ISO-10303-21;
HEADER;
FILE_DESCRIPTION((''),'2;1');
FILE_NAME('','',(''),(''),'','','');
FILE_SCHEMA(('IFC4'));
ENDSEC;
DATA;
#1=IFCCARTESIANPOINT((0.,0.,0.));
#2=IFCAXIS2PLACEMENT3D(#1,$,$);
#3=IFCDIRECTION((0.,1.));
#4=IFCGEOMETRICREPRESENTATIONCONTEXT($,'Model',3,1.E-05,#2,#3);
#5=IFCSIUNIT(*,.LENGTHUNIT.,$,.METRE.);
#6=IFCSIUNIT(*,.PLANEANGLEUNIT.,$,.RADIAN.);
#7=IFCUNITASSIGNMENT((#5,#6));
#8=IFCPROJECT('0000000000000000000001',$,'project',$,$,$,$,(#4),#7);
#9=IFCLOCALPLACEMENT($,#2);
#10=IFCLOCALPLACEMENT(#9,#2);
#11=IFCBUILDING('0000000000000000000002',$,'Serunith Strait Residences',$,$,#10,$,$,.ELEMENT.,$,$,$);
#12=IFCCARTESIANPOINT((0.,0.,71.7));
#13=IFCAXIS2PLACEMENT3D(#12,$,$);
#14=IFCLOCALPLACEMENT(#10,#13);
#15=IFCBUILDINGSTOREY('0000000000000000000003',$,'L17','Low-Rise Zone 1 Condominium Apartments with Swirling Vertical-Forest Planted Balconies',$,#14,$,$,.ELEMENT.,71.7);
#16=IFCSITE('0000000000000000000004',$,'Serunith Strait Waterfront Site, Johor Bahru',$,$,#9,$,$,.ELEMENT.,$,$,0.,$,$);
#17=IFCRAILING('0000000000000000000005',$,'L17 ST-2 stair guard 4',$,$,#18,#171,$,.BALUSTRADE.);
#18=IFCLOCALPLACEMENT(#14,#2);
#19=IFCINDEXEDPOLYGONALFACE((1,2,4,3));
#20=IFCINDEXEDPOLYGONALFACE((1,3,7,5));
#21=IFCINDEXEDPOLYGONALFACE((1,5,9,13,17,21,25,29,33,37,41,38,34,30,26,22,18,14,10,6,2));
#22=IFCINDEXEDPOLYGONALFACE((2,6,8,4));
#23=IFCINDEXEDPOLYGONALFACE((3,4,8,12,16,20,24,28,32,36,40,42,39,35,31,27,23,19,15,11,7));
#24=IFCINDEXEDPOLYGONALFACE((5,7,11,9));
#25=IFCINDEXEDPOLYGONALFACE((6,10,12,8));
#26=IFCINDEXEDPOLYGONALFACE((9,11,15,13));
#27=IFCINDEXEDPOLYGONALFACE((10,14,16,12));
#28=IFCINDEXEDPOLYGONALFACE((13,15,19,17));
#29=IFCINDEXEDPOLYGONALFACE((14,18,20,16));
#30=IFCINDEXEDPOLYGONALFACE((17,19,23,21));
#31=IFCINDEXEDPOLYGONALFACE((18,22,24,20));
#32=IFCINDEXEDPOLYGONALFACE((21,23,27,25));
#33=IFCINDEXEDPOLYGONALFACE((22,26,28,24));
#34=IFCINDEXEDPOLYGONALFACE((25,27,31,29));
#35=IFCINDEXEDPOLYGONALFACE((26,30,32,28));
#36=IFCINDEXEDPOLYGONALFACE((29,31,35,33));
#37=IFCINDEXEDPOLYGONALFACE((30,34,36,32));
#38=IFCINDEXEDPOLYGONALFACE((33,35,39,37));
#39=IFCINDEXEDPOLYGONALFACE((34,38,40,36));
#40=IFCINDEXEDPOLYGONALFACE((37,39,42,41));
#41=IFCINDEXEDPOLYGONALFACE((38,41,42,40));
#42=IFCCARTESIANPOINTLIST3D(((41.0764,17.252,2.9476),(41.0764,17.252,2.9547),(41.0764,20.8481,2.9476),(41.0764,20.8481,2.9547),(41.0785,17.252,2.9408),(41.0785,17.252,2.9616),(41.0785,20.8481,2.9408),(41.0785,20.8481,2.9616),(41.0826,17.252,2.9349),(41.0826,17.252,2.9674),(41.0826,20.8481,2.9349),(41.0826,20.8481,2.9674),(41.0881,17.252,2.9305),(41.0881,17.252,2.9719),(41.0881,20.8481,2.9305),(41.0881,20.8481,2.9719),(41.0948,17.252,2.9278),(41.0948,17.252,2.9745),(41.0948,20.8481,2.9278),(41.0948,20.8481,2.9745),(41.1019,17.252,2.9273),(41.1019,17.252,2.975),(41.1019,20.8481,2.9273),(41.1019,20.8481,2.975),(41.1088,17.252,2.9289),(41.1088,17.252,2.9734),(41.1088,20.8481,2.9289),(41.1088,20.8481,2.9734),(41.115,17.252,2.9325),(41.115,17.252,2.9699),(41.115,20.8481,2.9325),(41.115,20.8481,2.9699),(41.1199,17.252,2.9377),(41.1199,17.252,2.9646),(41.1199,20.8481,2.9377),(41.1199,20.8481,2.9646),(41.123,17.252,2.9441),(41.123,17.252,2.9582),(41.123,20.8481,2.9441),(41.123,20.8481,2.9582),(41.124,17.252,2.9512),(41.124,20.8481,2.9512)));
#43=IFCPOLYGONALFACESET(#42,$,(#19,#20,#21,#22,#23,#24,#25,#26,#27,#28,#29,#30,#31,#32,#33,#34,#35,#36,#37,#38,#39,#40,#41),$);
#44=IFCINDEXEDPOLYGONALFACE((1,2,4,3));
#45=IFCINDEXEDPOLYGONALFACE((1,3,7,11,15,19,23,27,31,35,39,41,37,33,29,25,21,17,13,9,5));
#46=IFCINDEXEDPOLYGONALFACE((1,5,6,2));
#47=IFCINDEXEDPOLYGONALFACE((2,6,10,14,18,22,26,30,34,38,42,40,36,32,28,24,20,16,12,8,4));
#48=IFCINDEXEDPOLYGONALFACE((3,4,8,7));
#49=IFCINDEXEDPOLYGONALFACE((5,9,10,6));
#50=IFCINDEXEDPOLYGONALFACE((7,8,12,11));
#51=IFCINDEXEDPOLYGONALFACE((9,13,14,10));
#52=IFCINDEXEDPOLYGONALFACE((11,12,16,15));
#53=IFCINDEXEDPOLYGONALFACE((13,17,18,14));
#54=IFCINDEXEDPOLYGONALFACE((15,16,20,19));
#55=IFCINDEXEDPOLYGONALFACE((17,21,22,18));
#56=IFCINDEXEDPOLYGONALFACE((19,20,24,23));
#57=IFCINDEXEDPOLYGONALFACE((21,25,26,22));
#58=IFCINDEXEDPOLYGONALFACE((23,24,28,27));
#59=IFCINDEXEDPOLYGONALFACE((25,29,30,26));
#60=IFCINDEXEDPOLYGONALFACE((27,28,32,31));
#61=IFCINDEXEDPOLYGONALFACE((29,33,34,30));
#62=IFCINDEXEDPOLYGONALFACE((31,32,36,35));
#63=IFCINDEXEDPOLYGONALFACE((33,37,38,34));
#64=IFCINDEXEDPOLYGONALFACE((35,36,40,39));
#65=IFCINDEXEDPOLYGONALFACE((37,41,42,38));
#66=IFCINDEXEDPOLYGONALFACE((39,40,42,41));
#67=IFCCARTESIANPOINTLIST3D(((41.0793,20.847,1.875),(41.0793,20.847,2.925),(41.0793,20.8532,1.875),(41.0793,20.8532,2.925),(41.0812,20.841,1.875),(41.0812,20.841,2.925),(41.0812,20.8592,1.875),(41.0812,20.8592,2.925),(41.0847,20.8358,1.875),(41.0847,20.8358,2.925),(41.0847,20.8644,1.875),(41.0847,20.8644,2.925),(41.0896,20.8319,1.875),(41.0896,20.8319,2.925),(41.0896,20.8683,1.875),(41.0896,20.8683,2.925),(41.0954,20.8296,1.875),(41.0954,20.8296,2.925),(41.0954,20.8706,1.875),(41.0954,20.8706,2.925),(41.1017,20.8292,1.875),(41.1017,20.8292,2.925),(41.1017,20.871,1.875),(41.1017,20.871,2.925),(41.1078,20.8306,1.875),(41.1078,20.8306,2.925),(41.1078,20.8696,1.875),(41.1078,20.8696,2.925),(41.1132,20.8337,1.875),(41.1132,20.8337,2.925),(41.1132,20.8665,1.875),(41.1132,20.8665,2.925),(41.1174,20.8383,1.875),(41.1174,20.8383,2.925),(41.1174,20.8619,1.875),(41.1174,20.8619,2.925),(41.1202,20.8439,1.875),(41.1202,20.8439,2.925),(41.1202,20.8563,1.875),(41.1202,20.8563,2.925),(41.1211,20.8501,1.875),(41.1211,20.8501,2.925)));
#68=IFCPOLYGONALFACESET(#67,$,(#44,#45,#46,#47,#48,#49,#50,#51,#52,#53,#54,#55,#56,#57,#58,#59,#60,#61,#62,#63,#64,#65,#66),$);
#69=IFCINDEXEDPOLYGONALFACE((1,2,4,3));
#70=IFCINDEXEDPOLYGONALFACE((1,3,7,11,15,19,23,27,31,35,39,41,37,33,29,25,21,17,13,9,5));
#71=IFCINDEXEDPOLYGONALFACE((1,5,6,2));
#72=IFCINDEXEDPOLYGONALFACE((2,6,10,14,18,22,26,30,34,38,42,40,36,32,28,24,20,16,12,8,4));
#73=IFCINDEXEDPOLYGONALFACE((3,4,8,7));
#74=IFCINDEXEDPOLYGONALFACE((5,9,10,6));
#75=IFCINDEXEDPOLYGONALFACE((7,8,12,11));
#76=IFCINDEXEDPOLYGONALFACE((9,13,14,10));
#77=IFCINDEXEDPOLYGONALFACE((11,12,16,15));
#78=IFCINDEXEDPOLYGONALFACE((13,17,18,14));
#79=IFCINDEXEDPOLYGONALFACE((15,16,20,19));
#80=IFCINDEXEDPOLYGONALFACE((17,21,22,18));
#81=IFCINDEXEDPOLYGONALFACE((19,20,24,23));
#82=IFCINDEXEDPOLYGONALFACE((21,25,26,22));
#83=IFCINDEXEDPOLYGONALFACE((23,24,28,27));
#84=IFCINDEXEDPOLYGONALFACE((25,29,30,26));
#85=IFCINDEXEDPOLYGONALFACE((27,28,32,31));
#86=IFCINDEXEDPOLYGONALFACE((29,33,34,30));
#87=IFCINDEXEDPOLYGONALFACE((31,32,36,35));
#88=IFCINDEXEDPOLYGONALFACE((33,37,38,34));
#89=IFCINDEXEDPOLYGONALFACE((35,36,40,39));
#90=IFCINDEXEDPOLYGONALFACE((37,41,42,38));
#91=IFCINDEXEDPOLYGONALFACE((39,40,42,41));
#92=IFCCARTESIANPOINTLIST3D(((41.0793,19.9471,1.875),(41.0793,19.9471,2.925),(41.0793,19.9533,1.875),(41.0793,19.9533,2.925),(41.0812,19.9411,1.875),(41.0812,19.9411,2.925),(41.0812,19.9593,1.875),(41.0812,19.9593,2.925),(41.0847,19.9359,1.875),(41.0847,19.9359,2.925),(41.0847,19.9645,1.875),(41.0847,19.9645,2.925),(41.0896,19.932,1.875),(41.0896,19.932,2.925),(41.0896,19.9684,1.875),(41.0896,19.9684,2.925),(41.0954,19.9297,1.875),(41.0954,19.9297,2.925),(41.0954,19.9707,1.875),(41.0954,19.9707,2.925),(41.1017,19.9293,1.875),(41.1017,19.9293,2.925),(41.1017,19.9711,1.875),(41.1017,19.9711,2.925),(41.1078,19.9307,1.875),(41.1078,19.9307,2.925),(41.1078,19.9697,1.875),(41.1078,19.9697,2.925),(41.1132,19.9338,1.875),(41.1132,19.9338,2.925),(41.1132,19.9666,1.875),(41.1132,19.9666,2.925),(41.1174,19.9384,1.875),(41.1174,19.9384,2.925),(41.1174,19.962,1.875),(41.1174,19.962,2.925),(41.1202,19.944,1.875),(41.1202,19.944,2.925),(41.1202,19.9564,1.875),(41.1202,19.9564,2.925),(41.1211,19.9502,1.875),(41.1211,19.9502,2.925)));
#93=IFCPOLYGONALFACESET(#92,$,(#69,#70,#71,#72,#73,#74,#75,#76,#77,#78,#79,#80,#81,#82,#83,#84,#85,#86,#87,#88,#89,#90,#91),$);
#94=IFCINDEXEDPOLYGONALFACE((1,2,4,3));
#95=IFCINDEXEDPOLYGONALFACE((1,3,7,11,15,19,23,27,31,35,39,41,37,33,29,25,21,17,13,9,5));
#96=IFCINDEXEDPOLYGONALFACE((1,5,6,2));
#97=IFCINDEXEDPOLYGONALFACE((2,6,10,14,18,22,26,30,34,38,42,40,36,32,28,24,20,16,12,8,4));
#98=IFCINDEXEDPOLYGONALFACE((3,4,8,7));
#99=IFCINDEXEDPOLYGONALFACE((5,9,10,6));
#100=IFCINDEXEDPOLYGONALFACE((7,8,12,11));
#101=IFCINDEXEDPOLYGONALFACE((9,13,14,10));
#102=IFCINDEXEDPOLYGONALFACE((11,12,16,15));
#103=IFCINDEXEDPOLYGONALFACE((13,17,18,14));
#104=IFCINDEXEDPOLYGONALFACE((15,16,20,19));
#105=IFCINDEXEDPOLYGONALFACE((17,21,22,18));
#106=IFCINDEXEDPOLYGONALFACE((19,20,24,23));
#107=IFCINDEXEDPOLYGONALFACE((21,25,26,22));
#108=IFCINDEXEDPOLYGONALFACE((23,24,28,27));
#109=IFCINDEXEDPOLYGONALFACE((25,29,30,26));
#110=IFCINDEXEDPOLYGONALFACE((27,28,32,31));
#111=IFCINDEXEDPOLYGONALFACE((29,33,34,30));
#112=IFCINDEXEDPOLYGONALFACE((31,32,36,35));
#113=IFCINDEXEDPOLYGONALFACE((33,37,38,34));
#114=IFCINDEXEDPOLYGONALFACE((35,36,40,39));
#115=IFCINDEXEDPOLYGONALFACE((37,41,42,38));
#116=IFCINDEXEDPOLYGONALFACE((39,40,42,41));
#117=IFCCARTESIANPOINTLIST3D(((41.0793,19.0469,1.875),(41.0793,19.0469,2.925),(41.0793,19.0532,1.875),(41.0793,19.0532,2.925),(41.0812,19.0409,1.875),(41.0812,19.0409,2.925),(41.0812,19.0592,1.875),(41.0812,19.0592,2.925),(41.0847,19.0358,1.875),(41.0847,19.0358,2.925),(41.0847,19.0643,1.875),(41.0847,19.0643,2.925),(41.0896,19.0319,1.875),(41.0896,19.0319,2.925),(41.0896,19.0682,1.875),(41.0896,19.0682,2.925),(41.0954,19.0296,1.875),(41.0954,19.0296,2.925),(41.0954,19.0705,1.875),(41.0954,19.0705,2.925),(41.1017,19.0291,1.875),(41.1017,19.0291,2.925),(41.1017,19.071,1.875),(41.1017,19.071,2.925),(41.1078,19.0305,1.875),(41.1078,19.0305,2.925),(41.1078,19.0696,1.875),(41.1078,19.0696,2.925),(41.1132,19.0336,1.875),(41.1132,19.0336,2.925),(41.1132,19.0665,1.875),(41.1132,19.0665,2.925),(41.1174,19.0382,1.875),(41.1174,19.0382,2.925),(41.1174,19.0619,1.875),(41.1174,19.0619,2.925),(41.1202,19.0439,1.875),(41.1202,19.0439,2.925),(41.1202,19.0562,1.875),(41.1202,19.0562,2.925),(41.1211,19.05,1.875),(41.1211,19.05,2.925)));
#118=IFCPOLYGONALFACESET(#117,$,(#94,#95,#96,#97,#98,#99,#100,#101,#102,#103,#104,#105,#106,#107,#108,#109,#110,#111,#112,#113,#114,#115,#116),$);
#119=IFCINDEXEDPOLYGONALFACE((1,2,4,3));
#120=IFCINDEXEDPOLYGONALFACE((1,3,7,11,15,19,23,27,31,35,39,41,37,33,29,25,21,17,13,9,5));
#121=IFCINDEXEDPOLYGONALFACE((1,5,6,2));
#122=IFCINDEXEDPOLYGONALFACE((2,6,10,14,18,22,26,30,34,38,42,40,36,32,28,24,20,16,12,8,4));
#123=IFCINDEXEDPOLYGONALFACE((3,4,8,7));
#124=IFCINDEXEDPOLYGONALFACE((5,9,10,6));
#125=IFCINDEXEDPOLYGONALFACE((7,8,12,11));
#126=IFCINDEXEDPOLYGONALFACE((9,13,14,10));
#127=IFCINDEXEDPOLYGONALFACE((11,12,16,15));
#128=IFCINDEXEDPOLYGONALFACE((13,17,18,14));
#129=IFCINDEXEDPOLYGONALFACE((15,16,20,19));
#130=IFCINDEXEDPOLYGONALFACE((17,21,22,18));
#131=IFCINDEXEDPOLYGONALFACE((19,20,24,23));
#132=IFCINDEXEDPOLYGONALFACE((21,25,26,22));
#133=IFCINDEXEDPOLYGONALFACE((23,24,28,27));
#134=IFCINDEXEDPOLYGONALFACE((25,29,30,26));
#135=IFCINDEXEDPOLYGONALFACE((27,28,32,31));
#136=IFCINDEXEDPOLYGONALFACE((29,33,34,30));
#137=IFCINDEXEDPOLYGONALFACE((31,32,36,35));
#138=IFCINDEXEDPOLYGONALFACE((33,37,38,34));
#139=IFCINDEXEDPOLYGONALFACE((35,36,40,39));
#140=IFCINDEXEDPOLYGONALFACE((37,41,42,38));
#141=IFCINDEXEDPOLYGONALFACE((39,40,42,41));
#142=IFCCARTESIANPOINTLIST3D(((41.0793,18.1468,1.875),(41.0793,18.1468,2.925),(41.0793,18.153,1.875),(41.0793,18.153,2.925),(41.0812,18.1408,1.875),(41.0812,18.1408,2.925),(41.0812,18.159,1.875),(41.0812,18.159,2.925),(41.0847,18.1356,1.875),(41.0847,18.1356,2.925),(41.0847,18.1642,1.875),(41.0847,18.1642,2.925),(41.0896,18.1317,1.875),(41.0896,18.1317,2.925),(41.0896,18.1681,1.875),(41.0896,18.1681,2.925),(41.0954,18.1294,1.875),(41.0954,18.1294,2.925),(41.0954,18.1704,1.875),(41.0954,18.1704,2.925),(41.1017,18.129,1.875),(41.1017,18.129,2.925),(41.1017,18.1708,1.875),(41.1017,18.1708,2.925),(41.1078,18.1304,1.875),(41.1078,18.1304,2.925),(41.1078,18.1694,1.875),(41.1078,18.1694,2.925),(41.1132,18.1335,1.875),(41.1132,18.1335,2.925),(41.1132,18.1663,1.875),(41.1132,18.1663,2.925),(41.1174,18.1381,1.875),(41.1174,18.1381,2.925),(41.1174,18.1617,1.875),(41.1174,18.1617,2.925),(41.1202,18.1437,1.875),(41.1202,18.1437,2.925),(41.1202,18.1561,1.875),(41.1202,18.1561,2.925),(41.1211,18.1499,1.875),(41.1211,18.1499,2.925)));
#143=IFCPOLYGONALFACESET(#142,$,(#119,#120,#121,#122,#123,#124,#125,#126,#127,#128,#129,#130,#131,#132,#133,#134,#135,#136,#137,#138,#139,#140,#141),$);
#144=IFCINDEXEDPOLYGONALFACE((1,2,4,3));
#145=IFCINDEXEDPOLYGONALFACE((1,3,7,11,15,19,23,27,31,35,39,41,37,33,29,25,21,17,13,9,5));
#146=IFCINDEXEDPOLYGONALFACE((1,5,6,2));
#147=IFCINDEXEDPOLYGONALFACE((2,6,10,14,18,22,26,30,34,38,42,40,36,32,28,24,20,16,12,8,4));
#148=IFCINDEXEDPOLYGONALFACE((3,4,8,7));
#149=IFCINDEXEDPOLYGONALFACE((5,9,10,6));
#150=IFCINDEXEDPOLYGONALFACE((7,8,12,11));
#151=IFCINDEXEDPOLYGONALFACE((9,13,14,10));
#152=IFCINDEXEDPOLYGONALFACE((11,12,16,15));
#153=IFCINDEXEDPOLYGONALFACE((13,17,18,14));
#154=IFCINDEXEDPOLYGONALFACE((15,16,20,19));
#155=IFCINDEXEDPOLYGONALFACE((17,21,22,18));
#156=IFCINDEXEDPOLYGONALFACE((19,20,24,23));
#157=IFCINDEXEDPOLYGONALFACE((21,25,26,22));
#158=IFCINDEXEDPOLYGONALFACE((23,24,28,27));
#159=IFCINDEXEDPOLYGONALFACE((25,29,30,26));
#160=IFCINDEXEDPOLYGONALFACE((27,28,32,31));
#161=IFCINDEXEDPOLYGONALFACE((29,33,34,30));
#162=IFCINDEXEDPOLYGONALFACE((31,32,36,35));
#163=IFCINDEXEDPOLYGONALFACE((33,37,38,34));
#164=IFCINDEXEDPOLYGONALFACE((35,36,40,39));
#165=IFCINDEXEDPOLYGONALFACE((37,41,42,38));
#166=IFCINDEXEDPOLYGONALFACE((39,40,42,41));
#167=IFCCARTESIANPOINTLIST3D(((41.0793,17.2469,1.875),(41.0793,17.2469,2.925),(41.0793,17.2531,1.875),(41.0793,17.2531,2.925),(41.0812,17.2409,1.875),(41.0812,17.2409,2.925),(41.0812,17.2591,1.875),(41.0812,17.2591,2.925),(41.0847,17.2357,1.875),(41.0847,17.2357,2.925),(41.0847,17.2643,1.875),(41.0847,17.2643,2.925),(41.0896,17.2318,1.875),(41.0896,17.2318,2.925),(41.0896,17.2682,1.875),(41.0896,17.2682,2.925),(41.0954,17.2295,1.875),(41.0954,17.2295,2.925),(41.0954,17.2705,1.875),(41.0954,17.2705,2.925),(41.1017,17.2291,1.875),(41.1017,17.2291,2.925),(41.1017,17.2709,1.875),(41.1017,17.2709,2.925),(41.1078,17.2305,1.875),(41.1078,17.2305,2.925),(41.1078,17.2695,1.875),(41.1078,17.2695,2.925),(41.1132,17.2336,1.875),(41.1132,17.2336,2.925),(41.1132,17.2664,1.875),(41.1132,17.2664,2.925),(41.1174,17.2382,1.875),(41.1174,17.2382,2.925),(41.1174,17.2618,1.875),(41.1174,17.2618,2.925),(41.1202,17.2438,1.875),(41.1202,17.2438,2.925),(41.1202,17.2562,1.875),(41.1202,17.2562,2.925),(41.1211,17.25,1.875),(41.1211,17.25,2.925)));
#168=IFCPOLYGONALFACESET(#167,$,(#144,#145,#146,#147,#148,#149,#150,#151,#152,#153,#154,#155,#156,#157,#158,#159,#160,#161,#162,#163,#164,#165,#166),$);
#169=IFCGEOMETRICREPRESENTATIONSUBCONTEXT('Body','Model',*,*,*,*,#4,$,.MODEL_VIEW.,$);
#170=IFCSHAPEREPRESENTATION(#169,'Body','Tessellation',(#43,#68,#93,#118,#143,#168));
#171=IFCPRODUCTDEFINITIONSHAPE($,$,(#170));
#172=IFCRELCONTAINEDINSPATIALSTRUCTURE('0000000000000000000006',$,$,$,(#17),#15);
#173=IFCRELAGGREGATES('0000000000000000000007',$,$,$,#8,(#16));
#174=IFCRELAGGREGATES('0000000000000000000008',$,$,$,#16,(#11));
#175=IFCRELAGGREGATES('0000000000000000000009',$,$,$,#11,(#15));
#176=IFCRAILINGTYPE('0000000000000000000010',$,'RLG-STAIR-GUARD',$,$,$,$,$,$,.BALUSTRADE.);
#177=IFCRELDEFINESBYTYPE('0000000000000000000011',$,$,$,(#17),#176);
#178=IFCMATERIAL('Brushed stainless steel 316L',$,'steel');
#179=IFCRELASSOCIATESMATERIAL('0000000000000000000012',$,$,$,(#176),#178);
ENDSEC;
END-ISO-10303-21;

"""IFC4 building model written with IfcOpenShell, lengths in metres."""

from ifc_helpers import new_model, si_unit, direction, frame, origin, origin_2d, place, context, subcontext, project, spatial, circle, extrude, material, type_object, element, save


model = new_model("IFC4")

# Units and contexts
model_context = context("Model", 3, precision=1e-05, world=origin(), true_north=direction((0.0, 1.0)))
body_context = subcontext(model_context, "Body", "Model", "MODEL_VIEW")
ifc_project = project(units=[si_unit("LENGTHUNIT", "METRE"), si_unit("PLANEANGLEUNIT", "RADIAN")], contexts=[model_context])

# Site, building, storey
site_placement = place(None, origin())
site = spatial("IfcSite", under=ifc_project, at=site_placement, Name="Serunith Strait Waterfront Site, Johor Bahru", CompositionType="ELEMENT", RefElevation=0.0)
building_placement = place(site_placement, origin())
building = spatial("IfcBuilding", under=site, at=building_placement, Name="Serunith Strait Residences", CompositionType="ELEMENT")
storey_placement = place(building_placement, frame((0.0, 0.0, 71.7)))
storey = spatial("IfcBuildingStorey", under=building, at=storey_placement, Name="L17", Description="Low-Rise Zone 1 Condominium Apartments with Swirling Vertical-Forest Planted Balconies", CompositionType="ELEMENT", Elevation=71.7)

# Railing
ifc_material_1 = material(Name="Brushed stainless steel 316L", Category="steel")
railing_type_1 = type_object("IfcRailingType", Name="RLG-STAIR-GUARD", PredefinedType="BALUSTRADE", material=ifc_material_1)
for number, where, name in (
    (1, (41.1001, 20.8501, 1.875), "L17 ST-2 stair guard 4"),
):
    element("IfcRailing", number, at=place(storey_placement, frame(where)), inside=storey, type_object=railing_type_1, Name=name, PredefinedType="BALUSTRADE", context=body_context, shape_type="SweptSolid", body=[
        extrude(circle(Radius=0.0239, at=origin_2d()), frame((0.0, -0.002, 1.0762), z_axis=(0.0, -1.0, 0.0), x_axis=(1.0, 0.0, 0.0)), (0.0, 0.0, 1.0), 3.5962),
        extrude(circle(Radius=0.021, at=origin_2d()), origin(), (0.0, 0.0, 1.0), 1.05),
        extrude(circle(Radius=0.021, at=origin_2d()), frame((0.0, -0.8999, 0.0)), (0.0, 0.0, 1.0), 1.05),
        extrude(circle(Radius=0.021, at=origin_2d()), frame((0.0, -1.8, 0.0)), (0.0, 0.0, 1.0), 1.05),
        extrude(circle(Radius=0.021, at=origin_2d()), frame((0.0, -2.7002, 0.0)), (0.0, 0.0, 1.0), 1.05),
        extrude(circle(Radius=0.021, at=origin_2d()), frame((0.0, -3.6001, 0.0)), (0.0, 0.0, 1.0), 1.05),
    ])

save(model, "model.ifc")
